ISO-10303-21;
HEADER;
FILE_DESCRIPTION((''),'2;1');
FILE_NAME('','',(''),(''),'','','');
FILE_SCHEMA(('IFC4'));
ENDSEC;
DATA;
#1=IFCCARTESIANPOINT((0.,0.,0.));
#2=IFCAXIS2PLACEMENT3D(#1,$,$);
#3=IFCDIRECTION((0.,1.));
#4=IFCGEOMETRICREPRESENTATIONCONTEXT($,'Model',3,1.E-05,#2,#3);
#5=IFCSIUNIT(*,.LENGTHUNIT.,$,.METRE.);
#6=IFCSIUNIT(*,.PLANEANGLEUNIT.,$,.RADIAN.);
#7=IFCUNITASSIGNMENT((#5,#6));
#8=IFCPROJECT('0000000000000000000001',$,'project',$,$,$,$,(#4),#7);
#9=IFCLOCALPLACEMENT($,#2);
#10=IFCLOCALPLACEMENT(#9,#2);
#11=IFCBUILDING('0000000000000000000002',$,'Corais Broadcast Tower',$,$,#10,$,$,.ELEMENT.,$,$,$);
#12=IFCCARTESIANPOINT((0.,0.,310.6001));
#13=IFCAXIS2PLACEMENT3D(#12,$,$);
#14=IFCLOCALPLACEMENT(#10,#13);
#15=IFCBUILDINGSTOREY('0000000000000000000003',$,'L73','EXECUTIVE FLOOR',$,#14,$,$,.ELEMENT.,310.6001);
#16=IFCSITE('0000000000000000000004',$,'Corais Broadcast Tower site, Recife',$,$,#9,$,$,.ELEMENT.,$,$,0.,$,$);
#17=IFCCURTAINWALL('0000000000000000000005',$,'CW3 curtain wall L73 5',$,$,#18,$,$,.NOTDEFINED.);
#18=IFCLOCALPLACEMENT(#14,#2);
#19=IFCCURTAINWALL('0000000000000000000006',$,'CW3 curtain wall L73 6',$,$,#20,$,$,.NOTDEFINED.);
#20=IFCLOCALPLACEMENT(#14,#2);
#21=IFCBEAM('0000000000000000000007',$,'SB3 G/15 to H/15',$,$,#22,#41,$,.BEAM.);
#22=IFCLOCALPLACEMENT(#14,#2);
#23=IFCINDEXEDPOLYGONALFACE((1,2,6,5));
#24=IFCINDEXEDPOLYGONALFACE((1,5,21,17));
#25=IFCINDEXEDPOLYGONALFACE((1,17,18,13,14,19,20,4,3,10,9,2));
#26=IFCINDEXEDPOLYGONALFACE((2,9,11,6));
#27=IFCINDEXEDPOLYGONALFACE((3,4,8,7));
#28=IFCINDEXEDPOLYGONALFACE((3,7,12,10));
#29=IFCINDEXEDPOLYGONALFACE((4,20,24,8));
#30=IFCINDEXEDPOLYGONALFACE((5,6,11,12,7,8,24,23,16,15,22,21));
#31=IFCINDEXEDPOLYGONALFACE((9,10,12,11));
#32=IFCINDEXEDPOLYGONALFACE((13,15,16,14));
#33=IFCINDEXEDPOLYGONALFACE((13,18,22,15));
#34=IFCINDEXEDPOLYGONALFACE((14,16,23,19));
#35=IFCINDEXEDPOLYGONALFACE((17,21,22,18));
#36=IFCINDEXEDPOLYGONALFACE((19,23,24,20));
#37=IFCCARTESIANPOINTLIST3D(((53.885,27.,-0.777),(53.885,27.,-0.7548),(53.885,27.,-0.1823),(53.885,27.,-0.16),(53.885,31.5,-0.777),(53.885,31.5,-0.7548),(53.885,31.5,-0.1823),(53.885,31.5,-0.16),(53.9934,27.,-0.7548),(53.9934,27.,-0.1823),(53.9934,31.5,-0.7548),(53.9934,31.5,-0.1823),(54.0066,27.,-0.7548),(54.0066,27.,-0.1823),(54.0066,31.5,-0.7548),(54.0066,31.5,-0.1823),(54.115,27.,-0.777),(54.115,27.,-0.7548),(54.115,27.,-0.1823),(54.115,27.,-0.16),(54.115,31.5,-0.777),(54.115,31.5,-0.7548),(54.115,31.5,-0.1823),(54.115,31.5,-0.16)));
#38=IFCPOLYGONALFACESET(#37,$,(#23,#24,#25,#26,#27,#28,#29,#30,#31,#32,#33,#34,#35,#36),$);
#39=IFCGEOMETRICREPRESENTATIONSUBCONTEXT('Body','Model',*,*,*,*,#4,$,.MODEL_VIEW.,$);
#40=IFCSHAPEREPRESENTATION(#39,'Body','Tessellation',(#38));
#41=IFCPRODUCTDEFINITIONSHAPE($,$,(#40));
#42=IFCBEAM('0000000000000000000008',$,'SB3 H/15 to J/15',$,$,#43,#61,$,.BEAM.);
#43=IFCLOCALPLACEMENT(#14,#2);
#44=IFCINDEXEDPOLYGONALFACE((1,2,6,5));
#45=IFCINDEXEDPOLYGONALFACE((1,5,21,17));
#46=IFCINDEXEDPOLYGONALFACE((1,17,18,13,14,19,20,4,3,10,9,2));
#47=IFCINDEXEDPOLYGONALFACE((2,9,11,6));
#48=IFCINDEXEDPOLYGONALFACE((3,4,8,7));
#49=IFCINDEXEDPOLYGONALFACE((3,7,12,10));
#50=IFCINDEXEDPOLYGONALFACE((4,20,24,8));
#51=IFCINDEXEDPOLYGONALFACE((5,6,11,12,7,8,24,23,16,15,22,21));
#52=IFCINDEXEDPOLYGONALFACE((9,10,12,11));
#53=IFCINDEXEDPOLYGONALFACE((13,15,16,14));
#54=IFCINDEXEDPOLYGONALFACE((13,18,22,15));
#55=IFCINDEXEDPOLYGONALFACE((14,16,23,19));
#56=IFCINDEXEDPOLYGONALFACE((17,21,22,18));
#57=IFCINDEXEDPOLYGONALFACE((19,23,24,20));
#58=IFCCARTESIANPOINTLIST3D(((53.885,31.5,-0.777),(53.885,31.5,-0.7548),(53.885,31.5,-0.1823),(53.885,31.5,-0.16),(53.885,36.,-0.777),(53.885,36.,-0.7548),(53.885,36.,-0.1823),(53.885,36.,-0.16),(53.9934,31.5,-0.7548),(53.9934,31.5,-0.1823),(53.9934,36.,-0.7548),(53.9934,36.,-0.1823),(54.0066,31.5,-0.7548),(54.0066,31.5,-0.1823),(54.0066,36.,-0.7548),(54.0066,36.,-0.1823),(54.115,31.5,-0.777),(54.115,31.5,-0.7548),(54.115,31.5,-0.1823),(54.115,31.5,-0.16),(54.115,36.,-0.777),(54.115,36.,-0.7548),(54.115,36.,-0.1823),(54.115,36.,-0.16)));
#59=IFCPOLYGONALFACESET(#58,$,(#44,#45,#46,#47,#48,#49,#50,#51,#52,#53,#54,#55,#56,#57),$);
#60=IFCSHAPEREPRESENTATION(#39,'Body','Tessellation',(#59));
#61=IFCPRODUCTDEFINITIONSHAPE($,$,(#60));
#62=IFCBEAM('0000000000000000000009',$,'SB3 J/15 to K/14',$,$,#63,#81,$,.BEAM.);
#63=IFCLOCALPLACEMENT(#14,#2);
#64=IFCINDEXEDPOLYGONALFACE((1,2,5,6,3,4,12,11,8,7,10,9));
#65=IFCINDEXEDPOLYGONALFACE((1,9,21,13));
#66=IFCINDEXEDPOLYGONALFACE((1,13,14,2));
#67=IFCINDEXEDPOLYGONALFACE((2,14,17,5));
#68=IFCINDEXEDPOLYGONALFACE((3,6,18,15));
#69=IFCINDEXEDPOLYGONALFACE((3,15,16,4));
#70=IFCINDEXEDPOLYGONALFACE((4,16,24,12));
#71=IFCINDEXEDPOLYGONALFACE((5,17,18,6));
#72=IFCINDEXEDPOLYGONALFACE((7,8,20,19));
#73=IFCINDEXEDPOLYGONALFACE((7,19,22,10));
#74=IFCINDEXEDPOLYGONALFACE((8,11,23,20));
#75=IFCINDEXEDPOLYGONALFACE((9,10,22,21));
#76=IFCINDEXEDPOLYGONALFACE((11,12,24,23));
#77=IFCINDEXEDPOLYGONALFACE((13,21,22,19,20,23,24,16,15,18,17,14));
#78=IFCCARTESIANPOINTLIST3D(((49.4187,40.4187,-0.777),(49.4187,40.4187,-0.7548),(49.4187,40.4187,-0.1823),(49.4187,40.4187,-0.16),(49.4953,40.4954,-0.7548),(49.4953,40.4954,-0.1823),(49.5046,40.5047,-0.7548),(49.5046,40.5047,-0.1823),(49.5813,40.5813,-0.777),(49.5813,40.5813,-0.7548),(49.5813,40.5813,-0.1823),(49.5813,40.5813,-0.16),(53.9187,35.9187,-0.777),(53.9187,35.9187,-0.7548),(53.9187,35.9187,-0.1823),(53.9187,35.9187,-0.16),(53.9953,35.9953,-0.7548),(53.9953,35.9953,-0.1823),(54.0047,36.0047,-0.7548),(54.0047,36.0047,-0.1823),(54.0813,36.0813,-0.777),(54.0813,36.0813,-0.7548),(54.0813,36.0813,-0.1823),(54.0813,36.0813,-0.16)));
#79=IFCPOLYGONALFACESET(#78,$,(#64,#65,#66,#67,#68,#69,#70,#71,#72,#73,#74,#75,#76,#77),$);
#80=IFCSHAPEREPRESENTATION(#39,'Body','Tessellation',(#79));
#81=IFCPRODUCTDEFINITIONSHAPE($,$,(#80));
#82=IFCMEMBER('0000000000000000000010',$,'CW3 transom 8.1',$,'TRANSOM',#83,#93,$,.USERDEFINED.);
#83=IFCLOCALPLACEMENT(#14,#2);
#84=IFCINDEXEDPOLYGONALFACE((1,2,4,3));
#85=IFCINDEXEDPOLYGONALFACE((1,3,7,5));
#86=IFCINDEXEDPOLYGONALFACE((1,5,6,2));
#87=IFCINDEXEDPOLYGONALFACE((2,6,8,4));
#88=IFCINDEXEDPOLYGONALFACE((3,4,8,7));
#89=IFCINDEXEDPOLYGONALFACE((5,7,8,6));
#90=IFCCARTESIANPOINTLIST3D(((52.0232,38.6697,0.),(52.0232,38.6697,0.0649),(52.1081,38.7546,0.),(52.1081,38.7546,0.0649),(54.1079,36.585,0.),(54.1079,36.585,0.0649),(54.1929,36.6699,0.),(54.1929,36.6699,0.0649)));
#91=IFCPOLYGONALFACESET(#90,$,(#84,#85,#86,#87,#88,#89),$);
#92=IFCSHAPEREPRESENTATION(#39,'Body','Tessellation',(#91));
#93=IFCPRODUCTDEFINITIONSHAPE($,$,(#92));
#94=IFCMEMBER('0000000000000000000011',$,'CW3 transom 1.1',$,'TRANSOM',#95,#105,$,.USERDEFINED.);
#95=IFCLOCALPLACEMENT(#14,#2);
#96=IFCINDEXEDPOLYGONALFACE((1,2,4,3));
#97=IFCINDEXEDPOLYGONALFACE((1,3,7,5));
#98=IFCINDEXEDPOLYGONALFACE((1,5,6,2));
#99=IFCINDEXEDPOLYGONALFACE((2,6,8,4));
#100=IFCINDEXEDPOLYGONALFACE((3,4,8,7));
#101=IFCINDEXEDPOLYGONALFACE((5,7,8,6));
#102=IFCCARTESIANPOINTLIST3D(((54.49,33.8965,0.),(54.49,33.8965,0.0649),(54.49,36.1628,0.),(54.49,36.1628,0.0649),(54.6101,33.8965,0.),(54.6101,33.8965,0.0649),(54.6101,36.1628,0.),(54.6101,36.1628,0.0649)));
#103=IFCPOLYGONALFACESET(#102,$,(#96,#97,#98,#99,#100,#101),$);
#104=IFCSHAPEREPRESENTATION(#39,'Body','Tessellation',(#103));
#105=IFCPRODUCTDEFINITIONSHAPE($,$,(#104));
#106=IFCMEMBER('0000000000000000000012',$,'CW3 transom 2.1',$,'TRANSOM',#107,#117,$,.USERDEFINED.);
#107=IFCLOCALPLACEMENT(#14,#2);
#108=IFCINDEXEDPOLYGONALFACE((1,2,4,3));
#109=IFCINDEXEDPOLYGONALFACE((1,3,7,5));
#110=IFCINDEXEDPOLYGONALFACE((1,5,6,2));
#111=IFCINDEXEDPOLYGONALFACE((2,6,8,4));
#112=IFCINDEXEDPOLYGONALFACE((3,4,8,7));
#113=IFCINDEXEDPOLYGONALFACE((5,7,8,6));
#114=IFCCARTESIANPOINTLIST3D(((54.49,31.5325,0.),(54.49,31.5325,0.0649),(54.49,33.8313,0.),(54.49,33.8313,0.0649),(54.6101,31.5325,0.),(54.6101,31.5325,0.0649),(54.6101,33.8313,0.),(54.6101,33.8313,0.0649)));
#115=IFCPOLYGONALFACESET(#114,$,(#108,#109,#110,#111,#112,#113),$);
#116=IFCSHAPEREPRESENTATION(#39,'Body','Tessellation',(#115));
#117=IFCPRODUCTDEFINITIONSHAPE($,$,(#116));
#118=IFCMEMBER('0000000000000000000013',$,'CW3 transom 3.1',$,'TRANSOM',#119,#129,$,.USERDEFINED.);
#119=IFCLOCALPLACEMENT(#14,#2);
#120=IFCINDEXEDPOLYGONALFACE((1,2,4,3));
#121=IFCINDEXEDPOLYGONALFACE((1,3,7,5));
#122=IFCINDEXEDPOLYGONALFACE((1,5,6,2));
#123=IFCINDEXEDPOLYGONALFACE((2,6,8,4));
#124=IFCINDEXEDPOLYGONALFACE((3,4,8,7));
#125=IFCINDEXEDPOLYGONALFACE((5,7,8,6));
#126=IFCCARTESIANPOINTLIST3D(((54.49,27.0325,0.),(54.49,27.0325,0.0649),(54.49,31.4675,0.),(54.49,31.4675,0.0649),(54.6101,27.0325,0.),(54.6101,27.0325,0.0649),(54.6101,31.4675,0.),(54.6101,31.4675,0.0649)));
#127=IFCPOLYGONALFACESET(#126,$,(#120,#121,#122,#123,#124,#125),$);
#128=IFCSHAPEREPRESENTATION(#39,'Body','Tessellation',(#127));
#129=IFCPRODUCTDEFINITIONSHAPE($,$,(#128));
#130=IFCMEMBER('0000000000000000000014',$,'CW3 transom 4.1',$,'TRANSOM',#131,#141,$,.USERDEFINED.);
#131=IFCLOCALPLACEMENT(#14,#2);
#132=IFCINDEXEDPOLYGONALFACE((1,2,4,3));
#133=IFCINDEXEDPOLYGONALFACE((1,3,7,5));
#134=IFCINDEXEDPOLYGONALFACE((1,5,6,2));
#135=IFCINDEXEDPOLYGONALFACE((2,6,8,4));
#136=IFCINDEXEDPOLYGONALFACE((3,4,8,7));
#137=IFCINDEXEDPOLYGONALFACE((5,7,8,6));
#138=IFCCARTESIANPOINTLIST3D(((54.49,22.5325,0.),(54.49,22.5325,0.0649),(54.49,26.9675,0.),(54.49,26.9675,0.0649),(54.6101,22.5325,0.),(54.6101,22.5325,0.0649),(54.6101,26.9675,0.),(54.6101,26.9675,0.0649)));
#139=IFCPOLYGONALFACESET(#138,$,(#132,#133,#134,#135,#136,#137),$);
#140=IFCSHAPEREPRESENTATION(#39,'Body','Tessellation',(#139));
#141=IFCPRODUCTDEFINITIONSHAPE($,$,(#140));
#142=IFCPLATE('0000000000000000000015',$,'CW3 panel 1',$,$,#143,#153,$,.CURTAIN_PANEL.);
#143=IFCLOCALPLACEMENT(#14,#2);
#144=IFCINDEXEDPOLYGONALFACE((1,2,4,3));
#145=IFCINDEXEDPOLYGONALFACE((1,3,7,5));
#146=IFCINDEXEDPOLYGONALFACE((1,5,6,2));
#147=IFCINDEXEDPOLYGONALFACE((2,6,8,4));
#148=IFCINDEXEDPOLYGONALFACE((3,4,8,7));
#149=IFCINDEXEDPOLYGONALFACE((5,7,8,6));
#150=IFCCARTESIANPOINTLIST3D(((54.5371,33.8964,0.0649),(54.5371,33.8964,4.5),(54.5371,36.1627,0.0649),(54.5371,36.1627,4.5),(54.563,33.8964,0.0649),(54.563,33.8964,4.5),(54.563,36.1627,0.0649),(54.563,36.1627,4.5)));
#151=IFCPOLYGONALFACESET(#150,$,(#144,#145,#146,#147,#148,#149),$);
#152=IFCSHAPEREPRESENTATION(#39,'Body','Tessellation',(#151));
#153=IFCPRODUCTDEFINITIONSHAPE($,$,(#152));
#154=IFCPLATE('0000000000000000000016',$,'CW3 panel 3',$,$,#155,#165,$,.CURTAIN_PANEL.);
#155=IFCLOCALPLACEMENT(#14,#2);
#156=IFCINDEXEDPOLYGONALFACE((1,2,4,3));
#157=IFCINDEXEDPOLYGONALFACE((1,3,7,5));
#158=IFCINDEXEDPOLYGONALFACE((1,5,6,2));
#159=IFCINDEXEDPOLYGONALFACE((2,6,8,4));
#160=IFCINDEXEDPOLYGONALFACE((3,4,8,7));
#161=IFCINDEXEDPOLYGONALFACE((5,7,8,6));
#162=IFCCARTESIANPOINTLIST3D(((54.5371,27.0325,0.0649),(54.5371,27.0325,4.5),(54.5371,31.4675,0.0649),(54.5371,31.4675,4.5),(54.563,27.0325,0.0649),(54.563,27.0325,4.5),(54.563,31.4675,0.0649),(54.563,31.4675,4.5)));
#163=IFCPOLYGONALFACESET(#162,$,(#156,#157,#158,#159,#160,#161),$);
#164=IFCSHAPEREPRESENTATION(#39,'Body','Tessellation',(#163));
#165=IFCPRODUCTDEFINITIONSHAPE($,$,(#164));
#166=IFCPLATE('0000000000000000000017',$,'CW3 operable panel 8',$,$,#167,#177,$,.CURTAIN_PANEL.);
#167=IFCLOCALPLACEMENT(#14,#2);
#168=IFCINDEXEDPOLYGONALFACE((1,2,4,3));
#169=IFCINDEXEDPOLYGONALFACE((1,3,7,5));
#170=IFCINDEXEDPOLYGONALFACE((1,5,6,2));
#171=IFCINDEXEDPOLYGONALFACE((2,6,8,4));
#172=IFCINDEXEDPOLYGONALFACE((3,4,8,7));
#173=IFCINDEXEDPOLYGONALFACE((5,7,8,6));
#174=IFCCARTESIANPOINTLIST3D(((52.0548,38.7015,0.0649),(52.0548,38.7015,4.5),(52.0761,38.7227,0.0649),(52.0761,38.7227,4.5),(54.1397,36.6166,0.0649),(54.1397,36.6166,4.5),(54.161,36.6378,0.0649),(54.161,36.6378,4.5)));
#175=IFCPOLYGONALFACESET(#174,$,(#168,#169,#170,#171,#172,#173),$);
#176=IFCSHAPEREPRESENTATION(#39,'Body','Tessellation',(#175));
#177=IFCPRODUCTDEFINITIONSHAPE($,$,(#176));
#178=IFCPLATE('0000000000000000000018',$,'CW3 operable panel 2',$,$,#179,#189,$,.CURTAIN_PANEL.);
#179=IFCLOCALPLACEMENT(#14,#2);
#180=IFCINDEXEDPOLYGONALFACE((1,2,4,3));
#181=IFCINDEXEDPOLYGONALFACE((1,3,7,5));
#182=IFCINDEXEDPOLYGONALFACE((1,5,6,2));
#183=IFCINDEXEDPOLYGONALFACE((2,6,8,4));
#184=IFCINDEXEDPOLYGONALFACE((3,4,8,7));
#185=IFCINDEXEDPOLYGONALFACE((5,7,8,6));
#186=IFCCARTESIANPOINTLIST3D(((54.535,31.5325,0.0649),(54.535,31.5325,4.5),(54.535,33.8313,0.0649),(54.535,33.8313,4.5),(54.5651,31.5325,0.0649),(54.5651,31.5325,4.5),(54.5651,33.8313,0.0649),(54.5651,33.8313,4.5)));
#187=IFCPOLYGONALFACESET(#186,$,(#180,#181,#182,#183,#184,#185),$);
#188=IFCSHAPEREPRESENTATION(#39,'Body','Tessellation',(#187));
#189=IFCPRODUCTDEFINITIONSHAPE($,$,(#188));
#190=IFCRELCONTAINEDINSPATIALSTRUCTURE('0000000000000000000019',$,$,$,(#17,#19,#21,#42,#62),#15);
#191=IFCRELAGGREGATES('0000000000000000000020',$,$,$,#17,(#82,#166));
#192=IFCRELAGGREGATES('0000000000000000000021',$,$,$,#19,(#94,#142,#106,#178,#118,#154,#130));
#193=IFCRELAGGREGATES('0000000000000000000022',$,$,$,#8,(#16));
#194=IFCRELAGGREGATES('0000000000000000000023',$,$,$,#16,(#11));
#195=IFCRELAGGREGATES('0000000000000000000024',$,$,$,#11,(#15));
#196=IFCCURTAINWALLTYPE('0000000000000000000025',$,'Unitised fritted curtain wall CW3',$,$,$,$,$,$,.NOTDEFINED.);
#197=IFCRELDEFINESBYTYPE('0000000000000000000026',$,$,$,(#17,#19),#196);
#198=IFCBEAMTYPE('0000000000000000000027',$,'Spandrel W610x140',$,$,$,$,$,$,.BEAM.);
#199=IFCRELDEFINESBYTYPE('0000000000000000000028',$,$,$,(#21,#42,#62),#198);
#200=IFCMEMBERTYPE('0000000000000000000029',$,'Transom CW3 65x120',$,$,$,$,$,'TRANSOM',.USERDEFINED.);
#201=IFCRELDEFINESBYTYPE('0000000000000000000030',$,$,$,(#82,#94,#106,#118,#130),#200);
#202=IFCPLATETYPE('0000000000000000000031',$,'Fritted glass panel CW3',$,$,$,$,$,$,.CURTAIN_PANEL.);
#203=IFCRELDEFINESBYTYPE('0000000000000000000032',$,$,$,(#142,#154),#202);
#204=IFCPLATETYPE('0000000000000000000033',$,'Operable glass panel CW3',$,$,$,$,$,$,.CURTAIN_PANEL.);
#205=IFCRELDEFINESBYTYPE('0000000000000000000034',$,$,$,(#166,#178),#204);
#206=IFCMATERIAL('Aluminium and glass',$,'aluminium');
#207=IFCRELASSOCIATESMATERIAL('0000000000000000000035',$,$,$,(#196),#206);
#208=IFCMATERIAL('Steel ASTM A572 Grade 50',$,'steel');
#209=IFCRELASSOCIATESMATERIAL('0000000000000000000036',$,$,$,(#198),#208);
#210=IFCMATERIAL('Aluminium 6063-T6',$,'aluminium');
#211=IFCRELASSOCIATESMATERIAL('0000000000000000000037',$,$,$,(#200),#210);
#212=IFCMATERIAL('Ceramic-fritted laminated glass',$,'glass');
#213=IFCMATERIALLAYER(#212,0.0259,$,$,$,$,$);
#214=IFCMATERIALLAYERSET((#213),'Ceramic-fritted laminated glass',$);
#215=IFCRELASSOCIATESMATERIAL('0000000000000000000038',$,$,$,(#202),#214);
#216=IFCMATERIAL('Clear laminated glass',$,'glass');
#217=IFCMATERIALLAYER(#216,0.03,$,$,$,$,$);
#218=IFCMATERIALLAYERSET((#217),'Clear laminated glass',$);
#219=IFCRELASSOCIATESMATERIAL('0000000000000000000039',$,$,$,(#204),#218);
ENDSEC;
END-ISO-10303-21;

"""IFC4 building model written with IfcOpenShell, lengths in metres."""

from ifc_helpers import new_model, si_unit, direction, frame, origin, origin_2d, place, context, subcontext, project, spatial, rectangle, i_section, extrude, material, layer, layer_set, material_profile, profile_set, type_object, element, aggregate, save


model = new_model("IFC4")

# Units and contexts
model_context = context("Model", 3, precision=1e-05, world=origin(), true_north=direction((0.0, 1.0)))
body_context = subcontext(model_context, "Body", "Model", "MODEL_VIEW")
ifc_project = project(units=[si_unit("LENGTHUNIT", "METRE"), si_unit("PLANEANGLEUNIT", "RADIAN")], contexts=[model_context])

# Site, building, storey
site_placement = place(None, origin())
site = spatial("IfcSite", under=ifc_project, at=site_placement, Name="Corais Broadcast Tower site, Recife", CompositionType="ELEMENT", RefElevation=0.0)
building_placement = place(site_placement, origin())
building = spatial("IfcBuilding", under=site, at=building_placement, Name="Corais Broadcast Tower", CompositionType="ELEMENT")
storey_placement = place(building_placement, frame((0.0, 0.0, 310.6001)))
storey = spatial("IfcBuildingStorey", under=building, at=storey_placement, Name="L73", Description="EXECUTIVE FLOOR", CompositionType="ELEMENT", Elevation=310.6001)

# Curtain wall
ifc_material_1 = material(Name="Aluminium and glass", Category="aluminium")
curtain_wall_type = type_object("IfcCurtainWallType", Name="Unitised fritted curtain wall CW3", PredefinedType="NOTDEFINED", material=ifc_material_1)
curtain_wall_1_placement = place(storey_placement, origin())
curtain_wall_1 = element("IfcCurtainWall", 1, at=curtain_wall_1_placement, inside=storey, type_object=curtain_wall_type, Name="CW3 curtain wall L73 5", PredefinedType="NOTDEFINED")

# Curtain wall
curtain_wall_2_placement = place(storey_placement, origin())
curtain_wall_2 = element("IfcCurtainWall", 2, at=curtain_wall_2_placement, inside=storey, type_object=curtain_wall_type, Name="CW3 curtain wall L73 6", PredefinedType="NOTDEFINED")

# Beams
ifc_material_2 = material(Name="Steel ASTM A572 Grade 50", Category="steel")
ifc_material_profile_1 = material_profile(ifc_material_2, i_section(OverallWidth=0.23, OverallDepth=0.6169, WebThickness=0.0132, FlangeThickness=0.0222, at=origin_2d()), Name="W610x140")
ifc_profile_set_1 = profile_set([ifc_material_profile_1], Name="Steel ASTM A572 Grade 50")
beam_type_1 = type_object("IfcBeamType", Name="Spandrel W610x140", PredefinedType="BEAM", material=ifc_profile_set_1)
for number, where, z_axis, x_axis, name in (
    (3, (54.0, 27.0, -0.4685), (0.0, 1.0, 0.0), (-1.0, 0.0, 0.0), "SB3 G/15 to H/15"),
    (4, (54.0, 31.5, -0.4685), (0.0, 1.0, 0.0), (-1.0, 0.0, 0.0), "SB3 H/15 to J/15"),
):
    element("IfcBeam", number, at=place(storey_placement, frame(where, z_axis=z_axis, x_axis=x_axis)), inside=storey, type_object=beam_type_1, Name=name, PredefinedType="BEAM", context=body_context, shape_type="SweptSolid", body=[
        extrude(i_section(OverallWidth=0.23, OverallDepth=0.6169, WebThickness=0.0132, FlangeThickness=0.0222, at=origin_2d()), origin(), (0.0, 0.0, 1.0), 4.5),
    ])
beam_placement = place(storey_placement, frame((54.0, 36.0, -0.4685), z_axis=(-0.707107, 0.707107, 0.0), x_axis=(-0.707107, -0.707107, 0.0)))
element("IfcBeam", 5, at=beam_placement, inside=storey, type_object=beam_type_1, Name="SB3 J/15 to K/14", PredefinedType="BEAM", context=body_context, shape_type="SweptSolid", body=[
    extrude(i_section(OverallWidth=0.23, OverallDepth=0.6169, WebThickness=0.0132, FlangeThickness=0.0222, at=origin_2d()), origin(), (0.0, 0.0, 1.0), 6.364),
])

# Members
ifc_material_3 = material(Name="Aluminium 6063-T6", Category="aluminium")
ifc_material_profile_2 = material_profile(ifc_material_3, rectangle(XDim=0.1201, YDim=0.0649, at=origin_2d()), Name="Transom CW3 65x120")
ifc_profile_set_2 = profile_set([ifc_material_profile_2], Name="Aluminium 6063-T6")
member_type_1 = type_object("IfcMemberType", Name="Transom CW3 65x120", ElementType="TRANSOM", PredefinedType="USERDEFINED", material=ifc_profile_set_2)
member_1_placement = place(storey_placement, frame((52.0657, 38.7122, 0.0325), z_axis=(0.707107, -0.707107, 0.0), x_axis=(0.707107, 0.707107, 0.0)))
member_1 = element("IfcMember", 6, at=member_1_placement, type_object=member_type_1, Name="CW3 transom 8.1", ObjectType="TRANSOM", PredefinedType="USERDEFINED", context=body_context, shape_type="SweptSolid", body=[
    extrude(rectangle(XDim=0.1201, YDim=0.0649, at=origin_2d()), origin(), (0.0, 0.0, 1.0), 2.9482),
])
member_2_placement = place(storey_placement, frame((54.55, 36.1628, 0.0325), z_axis=(0.0, -1.0, 0.0), x_axis=(1.0, 0.0, 0.0)))
member_2 = element("IfcMember", 7, at=member_2_placement, type_object=member_type_1, Name="CW3 transom 1.1", ObjectType="TRANSOM", PredefinedType="USERDEFINED", context=body_context, shape_type="SweptSolid", body=[
    extrude(rectangle(XDim=0.1201, YDim=0.0649, at=origin_2d()), origin(), (0.0, 0.0, 1.0), 2.2664),
])
member_3_placement = place(storey_placement, frame((54.55, 33.8313, 0.0325), z_axis=(0.0, -1.0, 0.0), x_axis=(1.0, 0.0, 0.0)))
member_3 = element("IfcMember", 8, at=member_3_placement, type_object=member_type_1, Name="CW3 transom 2.1", ObjectType="TRANSOM", PredefinedType="USERDEFINED", context=body_context, shape_type="SweptSolid", body=[
    extrude(rectangle(XDim=0.1201, YDim=0.0649, at=origin_2d()), origin(), (0.0, 0.0, 1.0), 2.2988),
])
member_4_placement = place(storey_placement, frame((54.55, 31.4675, 0.0325), z_axis=(0.0, -1.0, 0.0), x_axis=(1.0, 0.0, 0.0)))
member_4 = element("IfcMember", 9, at=member_4_placement, type_object=member_type_1, Name="CW3 transom 3.1", ObjectType="TRANSOM", PredefinedType="USERDEFINED", context=body_context, shape_type="SweptSolid", body=[
    extrude(rectangle(XDim=0.1201, YDim=0.0649, at=origin_2d()), origin(), (0.0, 0.0, 1.0), 4.4351),
])
member_5_placement = place(storey_placement, frame((54.55, 26.9675, 0.0325), z_axis=(0.0, -1.0, 0.0), x_axis=(1.0, 0.0, 0.0)))
member_5 = element("IfcMember", 10, at=member_5_placement, type_object=member_type_1, Name="CW3 transom 4.1", ObjectType="TRANSOM", PredefinedType="USERDEFINED", context=body_context, shape_type="SweptSolid", body=[
    extrude(rectangle(XDim=0.1201, YDim=0.0649, at=origin_2d()), origin(), (0.0, 0.0, 1.0), 4.4351),
])

# Plates
ifc_material_4 = material(Name="Ceramic-fritted laminated glass", Category="glass")
ifc_layer_1 = layer(ifc_material_4, 0.0259)
ifc_layer_set_1 = layer_set([ifc_layer_1], Name="Ceramic-fritted laminated glass")
plate_type_1 = type_object("IfcPlateType", Name="Fritted glass panel CW3", PredefinedType="CURTAIN_PANEL", material=ifc_layer_set_1)
plate_1_placement = place(storey_placement, frame((54.55, 35.0295, 0.0649), z_axis=(0.0, 0.0, 1.0), x_axis=(0.0, -1.0, 0.0)))
plate_1 = element("IfcPlate", 11, at=plate_1_placement, type_object=plate_type_1, Name="CW3 panel 1", PredefinedType="CURTAIN_PANEL", context=body_context, shape_type="SweptSolid", body=[
    extrude(rectangle(XDim=2.2664, YDim=0.0259, at=origin_2d()), origin(), (0.0, 0.0, 1.0), 4.4351),
])
plate_2_placement = place(storey_placement, frame((54.55, 29.25, 0.0649), z_axis=(0.0, 0.0, 1.0), x_axis=(0.0, -1.0, 0.0)))
plate_2 = element("IfcPlate", 12, at=plate_2_placement, type_object=plate_type_1, Name="CW3 panel 3", PredefinedType="CURTAIN_PANEL", context=body_context, shape_type="SweptSolid", body=[
    extrude(rectangle(XDim=4.4351, YDim=0.0259, at=origin_2d()), origin(), (0.0, 0.0, 1.0), 4.4351),
])
ifc_material_5 = material(Name="Clear laminated glass", Category="glass")
ifc_layer_2 = layer(ifc_material_5, 0.03)
ifc_layer_set_2 = layer_set([ifc_layer_2], Name="Clear laminated glass")
plate_type_2 = type_object("IfcPlateType", Name="Operable glass panel CW3", PredefinedType="CURTAIN_PANEL", material=ifc_layer_set_2)
plate_3_placement = place(storey_placement, frame((53.1079, 37.6697, 0.0649), z_axis=(0.0, 0.0, 1.0), x_axis=(0.707107, -0.707107, 0.0)))
plate_3 = element("IfcPlate", 13, at=plate_3_placement, type_object=plate_type_2, Name="CW3 operable panel 8", PredefinedType="CURTAIN_PANEL", context=body_context, shape_type="SweptSolid", body=[
    extrude(rectangle(XDim=2.9485, YDim=0.03, at=origin_2d()), origin(), (0.0, 0.0, 1.0), 4.4351),
])
aggregate(curtain_wall_1, [member_1, plate_3])
plate_4_placement = place(storey_placement, frame((54.55, 32.6819, 0.0649), z_axis=(0.0, 0.0, 1.0), x_axis=(0.0, -1.0, 0.0)))
plate_4 = element("IfcPlate", 14, at=plate_4_placement, type_object=plate_type_2, Name="CW3 operable panel 2", PredefinedType="CURTAIN_PANEL", context=body_context, shape_type="SweptSolid", body=[
    extrude(rectangle(XDim=2.2988, YDim=0.03, at=origin_2d()), origin(), (0.0, 0.0, 1.0), 4.4351),
])
aggregate(curtain_wall_2, [member_2, plate_1, member_3, plate_4, member_4, plate_2, member_5])

save(model, "model.ifc")
